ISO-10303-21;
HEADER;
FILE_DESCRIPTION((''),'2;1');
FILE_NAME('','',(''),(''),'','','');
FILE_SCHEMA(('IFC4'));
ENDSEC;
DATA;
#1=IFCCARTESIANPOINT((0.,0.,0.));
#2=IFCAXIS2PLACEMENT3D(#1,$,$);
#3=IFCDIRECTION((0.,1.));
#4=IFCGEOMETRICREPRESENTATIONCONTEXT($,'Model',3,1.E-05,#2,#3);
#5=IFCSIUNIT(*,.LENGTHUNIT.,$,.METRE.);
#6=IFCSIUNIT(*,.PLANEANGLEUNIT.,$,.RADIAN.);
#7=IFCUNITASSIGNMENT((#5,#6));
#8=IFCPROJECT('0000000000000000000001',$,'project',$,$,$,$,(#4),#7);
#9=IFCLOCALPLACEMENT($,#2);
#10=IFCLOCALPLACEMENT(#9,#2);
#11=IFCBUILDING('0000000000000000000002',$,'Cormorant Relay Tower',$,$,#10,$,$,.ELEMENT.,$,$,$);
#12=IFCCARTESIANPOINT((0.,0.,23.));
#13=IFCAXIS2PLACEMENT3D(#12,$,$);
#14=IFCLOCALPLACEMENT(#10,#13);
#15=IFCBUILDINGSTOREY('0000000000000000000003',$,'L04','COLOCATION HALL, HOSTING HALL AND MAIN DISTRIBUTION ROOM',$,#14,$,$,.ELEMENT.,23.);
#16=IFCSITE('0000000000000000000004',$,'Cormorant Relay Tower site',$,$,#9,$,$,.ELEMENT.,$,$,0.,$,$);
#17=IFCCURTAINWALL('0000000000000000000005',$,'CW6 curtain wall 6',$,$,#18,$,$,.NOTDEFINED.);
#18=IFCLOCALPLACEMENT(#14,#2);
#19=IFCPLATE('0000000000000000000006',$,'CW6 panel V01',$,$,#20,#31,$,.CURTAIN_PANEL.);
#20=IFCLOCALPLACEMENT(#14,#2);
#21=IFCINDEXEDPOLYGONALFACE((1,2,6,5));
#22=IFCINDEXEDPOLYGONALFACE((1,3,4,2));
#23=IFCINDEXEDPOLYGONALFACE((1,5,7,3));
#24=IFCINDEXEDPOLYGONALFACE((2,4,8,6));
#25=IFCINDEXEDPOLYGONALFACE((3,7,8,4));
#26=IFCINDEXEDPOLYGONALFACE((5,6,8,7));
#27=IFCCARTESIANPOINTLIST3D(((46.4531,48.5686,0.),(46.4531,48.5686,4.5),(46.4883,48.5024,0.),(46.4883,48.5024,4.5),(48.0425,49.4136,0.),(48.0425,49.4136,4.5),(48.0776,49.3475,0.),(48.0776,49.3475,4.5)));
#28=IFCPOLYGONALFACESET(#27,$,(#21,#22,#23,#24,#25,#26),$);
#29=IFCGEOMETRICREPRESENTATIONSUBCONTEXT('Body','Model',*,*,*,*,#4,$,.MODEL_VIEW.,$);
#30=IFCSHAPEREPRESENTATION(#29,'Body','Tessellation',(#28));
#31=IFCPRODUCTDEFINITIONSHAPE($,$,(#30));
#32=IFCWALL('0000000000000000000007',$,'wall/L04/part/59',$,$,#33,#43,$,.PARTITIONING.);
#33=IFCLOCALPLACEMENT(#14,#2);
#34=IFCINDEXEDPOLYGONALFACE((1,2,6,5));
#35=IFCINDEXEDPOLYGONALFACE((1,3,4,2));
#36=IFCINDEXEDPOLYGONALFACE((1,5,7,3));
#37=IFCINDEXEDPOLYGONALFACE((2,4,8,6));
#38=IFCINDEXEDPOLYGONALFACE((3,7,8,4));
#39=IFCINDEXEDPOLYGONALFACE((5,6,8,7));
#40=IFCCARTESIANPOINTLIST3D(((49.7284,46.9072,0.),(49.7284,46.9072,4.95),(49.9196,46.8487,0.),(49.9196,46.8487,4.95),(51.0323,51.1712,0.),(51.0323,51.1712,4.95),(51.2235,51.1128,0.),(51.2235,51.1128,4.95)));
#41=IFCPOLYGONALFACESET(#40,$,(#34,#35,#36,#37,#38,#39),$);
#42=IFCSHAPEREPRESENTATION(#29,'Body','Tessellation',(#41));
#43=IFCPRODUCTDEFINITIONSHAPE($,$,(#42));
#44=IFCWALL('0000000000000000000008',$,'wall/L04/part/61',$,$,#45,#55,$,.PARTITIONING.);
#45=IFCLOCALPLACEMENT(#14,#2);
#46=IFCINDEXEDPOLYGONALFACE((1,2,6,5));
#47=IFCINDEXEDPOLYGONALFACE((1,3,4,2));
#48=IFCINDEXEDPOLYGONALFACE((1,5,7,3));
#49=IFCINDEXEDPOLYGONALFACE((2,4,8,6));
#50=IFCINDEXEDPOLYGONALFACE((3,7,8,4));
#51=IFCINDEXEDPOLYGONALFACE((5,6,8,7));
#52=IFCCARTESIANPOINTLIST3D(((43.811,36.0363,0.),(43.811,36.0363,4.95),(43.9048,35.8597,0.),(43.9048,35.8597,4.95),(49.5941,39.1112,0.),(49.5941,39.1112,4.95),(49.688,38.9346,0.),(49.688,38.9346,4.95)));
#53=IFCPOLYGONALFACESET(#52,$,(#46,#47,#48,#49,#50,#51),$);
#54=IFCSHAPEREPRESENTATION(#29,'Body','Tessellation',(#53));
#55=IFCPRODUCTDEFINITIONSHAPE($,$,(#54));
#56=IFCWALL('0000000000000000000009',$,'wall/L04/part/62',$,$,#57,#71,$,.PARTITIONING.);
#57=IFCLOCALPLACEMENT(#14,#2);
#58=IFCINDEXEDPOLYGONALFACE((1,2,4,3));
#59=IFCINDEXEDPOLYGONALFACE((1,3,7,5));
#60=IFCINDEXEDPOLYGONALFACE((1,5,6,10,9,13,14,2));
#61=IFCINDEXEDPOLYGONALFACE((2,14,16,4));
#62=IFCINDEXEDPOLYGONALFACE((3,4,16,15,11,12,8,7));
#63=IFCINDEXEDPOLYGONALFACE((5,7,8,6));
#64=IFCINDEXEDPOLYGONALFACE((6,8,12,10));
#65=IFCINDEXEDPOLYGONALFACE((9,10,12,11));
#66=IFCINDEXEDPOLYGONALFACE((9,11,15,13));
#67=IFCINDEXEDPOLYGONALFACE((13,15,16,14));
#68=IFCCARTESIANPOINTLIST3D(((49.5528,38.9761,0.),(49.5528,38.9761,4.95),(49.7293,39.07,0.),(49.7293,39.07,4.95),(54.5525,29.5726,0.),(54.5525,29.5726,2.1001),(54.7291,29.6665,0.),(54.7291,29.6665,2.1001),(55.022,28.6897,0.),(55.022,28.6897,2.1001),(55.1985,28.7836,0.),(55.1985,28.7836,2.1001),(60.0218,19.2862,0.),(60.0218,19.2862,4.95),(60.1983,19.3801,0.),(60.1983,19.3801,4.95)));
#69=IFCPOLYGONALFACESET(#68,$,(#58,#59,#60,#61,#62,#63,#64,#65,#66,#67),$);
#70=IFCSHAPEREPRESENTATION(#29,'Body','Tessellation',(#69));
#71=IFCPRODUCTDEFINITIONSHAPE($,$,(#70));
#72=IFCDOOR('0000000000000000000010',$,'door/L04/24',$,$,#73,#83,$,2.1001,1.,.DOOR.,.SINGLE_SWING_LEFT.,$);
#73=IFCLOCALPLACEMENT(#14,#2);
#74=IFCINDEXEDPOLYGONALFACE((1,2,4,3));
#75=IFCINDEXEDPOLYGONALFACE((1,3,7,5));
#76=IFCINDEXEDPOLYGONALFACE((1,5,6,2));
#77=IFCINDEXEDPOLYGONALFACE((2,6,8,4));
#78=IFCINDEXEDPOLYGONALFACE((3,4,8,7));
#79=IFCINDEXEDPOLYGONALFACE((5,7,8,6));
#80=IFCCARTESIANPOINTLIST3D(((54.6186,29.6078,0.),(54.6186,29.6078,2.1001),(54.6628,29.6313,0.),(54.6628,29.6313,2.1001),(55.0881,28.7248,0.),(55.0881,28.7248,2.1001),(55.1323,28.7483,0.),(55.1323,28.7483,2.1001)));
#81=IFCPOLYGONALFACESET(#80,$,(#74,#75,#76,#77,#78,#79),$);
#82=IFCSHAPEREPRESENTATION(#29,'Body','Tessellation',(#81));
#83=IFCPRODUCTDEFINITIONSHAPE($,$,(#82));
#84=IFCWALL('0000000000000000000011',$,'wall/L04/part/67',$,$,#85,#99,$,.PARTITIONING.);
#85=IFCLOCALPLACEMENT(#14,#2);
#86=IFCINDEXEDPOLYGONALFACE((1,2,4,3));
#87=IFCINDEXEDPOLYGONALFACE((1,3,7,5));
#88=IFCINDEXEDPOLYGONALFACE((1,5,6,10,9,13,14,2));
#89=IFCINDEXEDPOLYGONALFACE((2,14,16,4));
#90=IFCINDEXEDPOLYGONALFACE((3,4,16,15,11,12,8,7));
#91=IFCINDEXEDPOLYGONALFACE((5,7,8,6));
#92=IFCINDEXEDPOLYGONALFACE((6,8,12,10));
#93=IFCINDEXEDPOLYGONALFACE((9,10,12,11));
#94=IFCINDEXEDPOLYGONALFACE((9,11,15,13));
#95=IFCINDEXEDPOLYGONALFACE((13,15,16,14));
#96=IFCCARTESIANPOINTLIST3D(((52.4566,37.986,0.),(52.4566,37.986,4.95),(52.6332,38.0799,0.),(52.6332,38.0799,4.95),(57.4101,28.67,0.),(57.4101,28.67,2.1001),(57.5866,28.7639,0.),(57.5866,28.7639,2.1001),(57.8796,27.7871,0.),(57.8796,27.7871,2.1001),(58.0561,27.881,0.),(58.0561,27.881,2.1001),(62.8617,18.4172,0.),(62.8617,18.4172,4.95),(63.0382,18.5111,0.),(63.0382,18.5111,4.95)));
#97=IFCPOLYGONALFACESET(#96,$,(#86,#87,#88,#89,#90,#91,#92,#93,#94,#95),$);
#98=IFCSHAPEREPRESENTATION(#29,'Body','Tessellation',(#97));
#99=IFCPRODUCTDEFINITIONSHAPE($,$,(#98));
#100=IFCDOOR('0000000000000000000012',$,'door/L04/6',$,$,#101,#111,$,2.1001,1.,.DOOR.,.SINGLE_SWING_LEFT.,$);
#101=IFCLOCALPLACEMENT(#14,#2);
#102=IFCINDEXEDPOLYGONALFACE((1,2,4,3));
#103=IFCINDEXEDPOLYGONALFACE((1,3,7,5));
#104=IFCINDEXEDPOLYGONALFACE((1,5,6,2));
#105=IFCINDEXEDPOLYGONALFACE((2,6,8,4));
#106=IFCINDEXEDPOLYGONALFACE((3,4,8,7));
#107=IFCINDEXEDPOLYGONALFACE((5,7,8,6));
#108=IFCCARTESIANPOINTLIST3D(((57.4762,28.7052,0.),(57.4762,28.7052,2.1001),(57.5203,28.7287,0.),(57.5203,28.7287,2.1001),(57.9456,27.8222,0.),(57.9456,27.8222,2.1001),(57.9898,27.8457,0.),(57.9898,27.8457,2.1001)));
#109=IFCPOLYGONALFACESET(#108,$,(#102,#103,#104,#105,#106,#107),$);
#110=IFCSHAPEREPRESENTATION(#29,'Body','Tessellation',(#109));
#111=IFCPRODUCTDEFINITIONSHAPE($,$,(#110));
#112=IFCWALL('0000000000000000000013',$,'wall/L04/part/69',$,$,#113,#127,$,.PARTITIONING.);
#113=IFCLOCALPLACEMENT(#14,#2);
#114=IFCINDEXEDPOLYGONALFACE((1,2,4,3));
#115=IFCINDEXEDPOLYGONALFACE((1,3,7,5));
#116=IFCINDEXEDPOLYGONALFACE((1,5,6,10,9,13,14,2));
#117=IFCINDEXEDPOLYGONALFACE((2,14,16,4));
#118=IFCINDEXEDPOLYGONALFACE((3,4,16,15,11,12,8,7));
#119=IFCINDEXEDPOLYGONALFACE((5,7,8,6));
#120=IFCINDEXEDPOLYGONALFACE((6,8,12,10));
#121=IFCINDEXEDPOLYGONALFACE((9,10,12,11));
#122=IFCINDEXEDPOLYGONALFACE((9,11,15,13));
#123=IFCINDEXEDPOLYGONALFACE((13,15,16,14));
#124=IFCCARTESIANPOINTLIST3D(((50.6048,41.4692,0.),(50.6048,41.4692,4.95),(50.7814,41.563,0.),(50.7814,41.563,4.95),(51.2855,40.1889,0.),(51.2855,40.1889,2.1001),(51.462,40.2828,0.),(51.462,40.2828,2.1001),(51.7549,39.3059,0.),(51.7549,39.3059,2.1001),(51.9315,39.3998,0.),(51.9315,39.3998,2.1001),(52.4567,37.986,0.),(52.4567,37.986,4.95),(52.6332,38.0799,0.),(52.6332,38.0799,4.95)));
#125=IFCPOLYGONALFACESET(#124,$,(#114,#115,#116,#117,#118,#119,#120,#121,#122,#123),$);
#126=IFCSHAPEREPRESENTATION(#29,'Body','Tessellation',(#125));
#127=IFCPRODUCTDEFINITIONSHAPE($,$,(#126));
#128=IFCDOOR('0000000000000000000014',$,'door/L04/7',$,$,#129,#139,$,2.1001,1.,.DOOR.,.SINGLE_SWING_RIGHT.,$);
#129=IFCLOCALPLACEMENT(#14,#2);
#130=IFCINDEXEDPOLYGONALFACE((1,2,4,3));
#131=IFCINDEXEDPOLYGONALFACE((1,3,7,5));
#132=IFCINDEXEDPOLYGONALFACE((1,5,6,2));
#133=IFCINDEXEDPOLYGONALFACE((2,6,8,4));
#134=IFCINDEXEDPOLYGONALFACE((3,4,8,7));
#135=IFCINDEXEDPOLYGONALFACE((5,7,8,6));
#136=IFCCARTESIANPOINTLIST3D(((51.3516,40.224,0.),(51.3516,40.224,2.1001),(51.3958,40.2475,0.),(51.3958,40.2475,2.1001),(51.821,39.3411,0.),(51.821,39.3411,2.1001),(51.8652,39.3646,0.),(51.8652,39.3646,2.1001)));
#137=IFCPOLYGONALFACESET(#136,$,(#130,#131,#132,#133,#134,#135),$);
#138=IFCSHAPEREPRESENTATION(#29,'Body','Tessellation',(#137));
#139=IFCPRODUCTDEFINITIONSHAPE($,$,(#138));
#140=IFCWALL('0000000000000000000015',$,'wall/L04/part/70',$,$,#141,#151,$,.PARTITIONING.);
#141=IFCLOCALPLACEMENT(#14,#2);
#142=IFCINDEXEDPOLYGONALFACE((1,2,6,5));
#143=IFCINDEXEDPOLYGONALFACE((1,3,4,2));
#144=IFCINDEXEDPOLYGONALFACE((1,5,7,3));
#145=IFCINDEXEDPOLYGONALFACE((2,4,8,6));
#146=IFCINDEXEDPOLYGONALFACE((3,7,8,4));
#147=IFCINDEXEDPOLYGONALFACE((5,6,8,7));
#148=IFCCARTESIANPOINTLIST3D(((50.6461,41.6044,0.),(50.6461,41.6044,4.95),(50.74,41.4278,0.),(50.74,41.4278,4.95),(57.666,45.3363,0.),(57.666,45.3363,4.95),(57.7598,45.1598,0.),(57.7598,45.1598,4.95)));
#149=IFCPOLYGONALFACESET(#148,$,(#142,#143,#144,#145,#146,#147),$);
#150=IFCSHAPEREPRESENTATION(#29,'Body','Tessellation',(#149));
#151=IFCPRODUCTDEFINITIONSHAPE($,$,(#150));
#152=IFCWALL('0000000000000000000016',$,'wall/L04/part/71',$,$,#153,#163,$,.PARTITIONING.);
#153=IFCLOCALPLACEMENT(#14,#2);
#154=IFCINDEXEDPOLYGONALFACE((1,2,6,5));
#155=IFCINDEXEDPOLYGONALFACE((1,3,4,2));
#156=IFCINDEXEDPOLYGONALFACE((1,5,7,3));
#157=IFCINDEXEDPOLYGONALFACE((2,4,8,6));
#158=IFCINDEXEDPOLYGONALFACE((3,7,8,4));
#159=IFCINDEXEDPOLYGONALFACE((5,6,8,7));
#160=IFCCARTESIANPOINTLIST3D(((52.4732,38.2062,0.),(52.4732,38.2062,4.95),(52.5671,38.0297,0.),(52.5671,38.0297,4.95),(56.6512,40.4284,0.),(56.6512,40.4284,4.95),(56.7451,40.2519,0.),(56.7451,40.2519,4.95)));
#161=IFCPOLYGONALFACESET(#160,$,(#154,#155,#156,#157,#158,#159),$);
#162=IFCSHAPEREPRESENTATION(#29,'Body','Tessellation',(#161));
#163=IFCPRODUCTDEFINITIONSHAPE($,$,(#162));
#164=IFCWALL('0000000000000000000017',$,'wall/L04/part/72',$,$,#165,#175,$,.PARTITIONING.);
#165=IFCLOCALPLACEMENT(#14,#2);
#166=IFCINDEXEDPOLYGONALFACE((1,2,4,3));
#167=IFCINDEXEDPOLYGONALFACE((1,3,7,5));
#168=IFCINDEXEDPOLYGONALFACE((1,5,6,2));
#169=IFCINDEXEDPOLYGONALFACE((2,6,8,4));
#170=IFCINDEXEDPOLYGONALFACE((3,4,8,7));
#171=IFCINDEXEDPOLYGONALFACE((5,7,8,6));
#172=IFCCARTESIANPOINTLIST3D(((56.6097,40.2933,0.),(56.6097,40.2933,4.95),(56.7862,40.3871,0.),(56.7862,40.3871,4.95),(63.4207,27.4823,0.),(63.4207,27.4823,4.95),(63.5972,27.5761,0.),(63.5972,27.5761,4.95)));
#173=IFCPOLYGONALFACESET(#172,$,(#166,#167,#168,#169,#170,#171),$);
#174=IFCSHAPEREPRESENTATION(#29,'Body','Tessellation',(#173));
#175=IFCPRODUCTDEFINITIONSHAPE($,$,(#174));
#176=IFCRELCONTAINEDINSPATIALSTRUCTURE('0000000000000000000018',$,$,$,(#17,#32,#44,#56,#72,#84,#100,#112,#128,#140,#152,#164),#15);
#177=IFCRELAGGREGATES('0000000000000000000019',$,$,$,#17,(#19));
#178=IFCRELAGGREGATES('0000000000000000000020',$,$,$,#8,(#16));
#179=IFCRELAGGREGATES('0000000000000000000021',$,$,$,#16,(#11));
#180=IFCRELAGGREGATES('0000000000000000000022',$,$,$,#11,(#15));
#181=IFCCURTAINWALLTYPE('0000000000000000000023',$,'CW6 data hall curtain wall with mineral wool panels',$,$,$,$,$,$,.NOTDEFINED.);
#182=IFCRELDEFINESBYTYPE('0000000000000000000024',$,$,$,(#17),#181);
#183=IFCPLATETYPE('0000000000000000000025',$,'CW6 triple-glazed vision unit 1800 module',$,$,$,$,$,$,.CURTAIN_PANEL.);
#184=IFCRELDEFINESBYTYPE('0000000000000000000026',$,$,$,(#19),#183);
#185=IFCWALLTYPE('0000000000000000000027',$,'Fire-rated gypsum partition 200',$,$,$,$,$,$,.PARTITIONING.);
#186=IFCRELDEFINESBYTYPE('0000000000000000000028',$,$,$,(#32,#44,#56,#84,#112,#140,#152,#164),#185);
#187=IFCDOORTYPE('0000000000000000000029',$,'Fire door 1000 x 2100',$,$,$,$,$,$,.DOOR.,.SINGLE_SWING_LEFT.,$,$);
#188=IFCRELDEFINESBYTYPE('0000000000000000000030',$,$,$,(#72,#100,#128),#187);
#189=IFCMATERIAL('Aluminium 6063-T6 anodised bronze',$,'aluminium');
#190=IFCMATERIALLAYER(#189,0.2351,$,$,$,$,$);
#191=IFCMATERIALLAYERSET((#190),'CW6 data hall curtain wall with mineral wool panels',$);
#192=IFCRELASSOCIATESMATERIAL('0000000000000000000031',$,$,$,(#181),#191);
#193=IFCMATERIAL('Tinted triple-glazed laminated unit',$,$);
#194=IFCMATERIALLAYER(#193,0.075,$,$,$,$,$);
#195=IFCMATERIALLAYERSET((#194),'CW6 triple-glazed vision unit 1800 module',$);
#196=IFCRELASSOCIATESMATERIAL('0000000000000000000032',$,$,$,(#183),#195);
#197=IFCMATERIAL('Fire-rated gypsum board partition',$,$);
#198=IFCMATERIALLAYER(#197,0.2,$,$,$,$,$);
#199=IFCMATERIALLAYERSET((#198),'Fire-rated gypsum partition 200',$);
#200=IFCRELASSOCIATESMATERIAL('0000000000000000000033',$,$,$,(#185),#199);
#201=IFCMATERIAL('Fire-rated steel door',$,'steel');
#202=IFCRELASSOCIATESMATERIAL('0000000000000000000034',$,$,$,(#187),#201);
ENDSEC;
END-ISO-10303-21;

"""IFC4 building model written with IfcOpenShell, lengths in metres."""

from ifc_helpers import new_model, si_unit, direction, frame, frame_2d, origin, origin_2d, place, context, subcontext, project, spatial, rectangle, extrude, material, layer, layer_set, type_object, element, fill, aggregate, save


model = new_model("IFC4")

# Units and contexts
model_context = context("Model", 3, precision=1e-05, world=origin(), true_north=direction((0.0, 1.0)))
body_context = subcontext(model_context, "Body", "Model", "MODEL_VIEW")
ifc_project = project(units=[si_unit("LENGTHUNIT", "METRE"), si_unit("PLANEANGLEUNIT", "RADIAN")], contexts=[model_context])

# Site, building, storey
site_placement = place(None, origin())
site = spatial("IfcSite", under=ifc_project, at=site_placement, Name="Cormorant Relay Tower site", CompositionType="ELEMENT", RefElevation=0.0)
building_placement = place(site_placement, origin())
building = spatial("IfcBuilding", under=site, at=building_placement, Name="Cormorant Relay Tower", CompositionType="ELEMENT")
storey_placement = place(building_placement, frame((0.0, 0.0, 23.0)))
storey = spatial("IfcBuildingStorey", under=building, at=storey_placement, Name="L04", Description="COLOCATION HALL, HOSTING HALL AND MAIN DISTRIBUTION ROOM", CompositionType="ELEMENT", Elevation=23.0)

# Shared definitions
ifc_material_1 = material(Name="Aluminium 6063-T6 anodised bronze", Category="aluminium")
ifc_layer_1 = layer(ifc_material_1, 0.2351)
ifc_layer_set_1 = layer_set([ifc_layer_1], Name="CW6 data hall curtain wall with mineral wool panels")
curtain_wall_type = type_object("IfcCurtainWallType", Name="CW6 data hall curtain wall with mineral wool panels", PredefinedType="NOTDEFINED", material=ifc_layer_set_1)

# Curtain wall
curtain_wall_1_placement = place(storey_placement, origin())
curtain_wall_1 = element("IfcCurtainWall", 1, at=curtain_wall_1_placement, inside=storey, type_object=curtain_wall_type, Name="CW6 curtain wall 6", PredefinedType="NOTDEFINED")

# Plate
ifc_material_2 = material(Name="Tinted triple-glazed laminated unit")
ifc_layer_2 = layer(ifc_material_2, 0.075)
ifc_layer_set_2 = layer_set([ifc_layer_2], Name="CW6 triple-glazed vision unit 1800 module")
plate_type = type_object("IfcPlateType", Name="CW6 triple-glazed vision unit 1800 module", PredefinedType="CURTAIN_PANEL", material=ifc_layer_set_2)
plate_1_placement = place(storey_placement, frame((47.2654, 48.958, 0.0), z_axis=(0.0, 0.0, 1.0), x_axis=(-0.882948, -0.469472, 0.0)))
plate_1 = element("IfcPlate", 2, at=plate_1_placement, type_object=plate_type, Name="CW6 panel V01", PredefinedType="CURTAIN_PANEL", context=body_context, shape_type="SweptSolid", body=[
    extrude(rectangle(XDim=1.8, YDim=0.075, at=origin_2d()), origin(), (0.0, 0.0, 1.0), 4.5),
])

# Walls
ifc_material_3 = material(Name="Fire-rated gypsum board partition")
ifc_layer_3 = layer(ifc_material_3, 0.2)
ifc_layer_set_3 = layer_set([ifc_layer_3], Name="Fire-rated gypsum partition 200")
wall_type_1 = type_object("IfcWallType", Name="Fire-rated gypsum partition 200", PredefinedType="PARTITIONING", material=ifc_layer_set_3)
wall_1_placement = place(storey_placement, frame((49.824, 46.8779, 0.0), z_axis=(0.0, 0.0, 1.0), x_axis=(0.292427, 0.956288, 0.0)))
element("IfcWall", 3, at=wall_1_placement, inside=storey, type_object=wall_type_1, Name="wall/L04/part/59", PredefinedType="PARTITIONING", context=body_context, shape_type="SweptSolid", body=[
    extrude(rectangle(XDim=4.459, YDim=0.2, at=frame_2d((2.2295, 0.0))), origin(), (0.0, 0.0, 1.0), 4.95),
])
wall_2_placement = place(storey_placement, frame((43.8579, 35.948, 0.0), z_axis=(0.0, 0.0, 1.0), x_axis=(0.88295, 0.469468, 0.0)))
element("IfcWall", 4, at=wall_2_placement, inside=storey, type_object=wall_type_1, Name="wall/L04/part/61", PredefinedType="PARTITIONING", context=body_context, shape_type="SweptSolid", body=[
    extrude(rectangle(XDim=6.5498, YDim=0.2, at=frame_2d((3.2749, 0.0))), origin(), (0.0, 0.0, 1.0), 4.95),
])

# Walls, openings, doors
wall_3_placement = place(storey_placement, frame((49.6411, 39.0229, 0.0), z_axis=(0.0, 0.0, 1.0), x_axis=(0.46946, -0.882954, 0.0)))
wall_3 = element("IfcWall", 5, at=wall_3_placement, inside=storey, type_object=wall_type_1, Name="wall/L04/part/62", PredefinedType="PARTITIONING", context=body_context, shape_type="SweptSolid", body=[
    extrude(rectangle(XDim=22.3, YDim=0.2, at=frame_2d((11.1499, 0.0))), origin(), (0.0, 0.0, 1.0), 4.95),
])
opening_1_placement = place(wall_3_placement, frame((10.6499, 0.0, 0.0)))
opening_1 = element("IfcOpeningElement", 6, at=opening_1_placement, cuts=wall_3, PredefinedType="OPENING", context=body_context, shape_type="SweptSolid", body=[
    extrude(rectangle(XDim=1.0, YDim=2.1001, at=frame_2d((0.5, 1.05))), frame((0.0, 0.1099, 0.0), z_axis=(0.0, -1.0, 0.0), x_axis=(1.0, 0.0, 0.0)), (0.0, 0.0, 1.0), 0.22),
])
ifc_material_4 = material(Name="Fire-rated steel door", Category="steel")
door_type = type_object("IfcDoorType", Name="Fire door 1000 x 2100", OperationType="SINGLE_SWING_LEFT", PredefinedType="DOOR", material=ifc_material_4)
door_1_placement = place(opening_1_placement, origin())
door_1 = element("IfcDoor", 7, at=door_1_placement, inside=storey, type_object=door_type, Name="door/L04/24", OperationType="SINGLE_SWING_LEFT", OverallHeight=2.1001, OverallWidth=1.0, PredefinedType="DOOR", context=body_context, shape_type="SweptSolid", body=[
    extrude(rectangle(XDim=1.0, YDim=2.1001, at=frame_2d((0.5, 1.05))), frame((0.0, 0.0249, 0.0), z_axis=(0.0, -1.0, 0.0), x_axis=(1.0, 0.0, 0.0)), (0.0, 0.0, 1.0), 0.05),
])
fill(opening_1, door_1)
wall_4_placement = place(storey_placement, frame((52.5449, 38.033, 0.0), z_axis=(0.0, 0.0, 1.0), x_axis=(0.469475, -0.882946, 0.0)))
wall_4 = element("IfcWall", 8, at=wall_4_placement, inside=storey, type_object=wall_type_1, Name="wall/L04/part/67", PredefinedType="PARTITIONING", context=body_context, shape_type="SweptSolid", body=[
    extrude(rectangle(XDim=22.1631, YDim=0.2, at=frame_2d((11.0815, 0.0))), origin(), (0.0, 0.0, 1.0), 4.95),
])
opening_2_placement = place(wall_4_placement, frame((10.551, 0.0, 0.0)))
opening_2 = element("IfcOpeningElement", 9, at=opening_2_placement, cuts=wall_4, PredefinedType="OPENING", context=body_context, shape_type="SweptSolid", body=[
    extrude(rectangle(XDim=1.0, YDim=2.1001, at=frame_2d((0.5, 1.05))), frame((0.0, 0.1099, 0.0), z_axis=(0.0, -1.0, 0.0), x_axis=(1.0, 0.0, 0.0)), (0.0, 0.0, 1.0), 0.22),
])
door_2_placement = place(opening_2_placement, origin())
door_2 = element("IfcDoor", 10, at=door_2_placement, inside=storey, type_object=door_type, Name="door/L04/6", OperationType="SINGLE_SWING_LEFT", OverallHeight=2.1001, OverallWidth=1.0, PredefinedType="DOOR", context=body_context, shape_type="SweptSolid", body=[
    extrude(rectangle(XDim=1.0, YDim=2.1001, at=frame_2d((0.5, 1.05))), frame((0.0, 0.0249, 0.0), z_axis=(0.0, -1.0, 0.0), x_axis=(1.0, 0.0, 0.0)), (0.0, 0.0, 1.0), 0.05),
])
fill(opening_2, door_2)
wall_5_placement = place(storey_placement, frame((50.6931, 41.5161, 0.0), z_axis=(0.0, 0.0, 1.0), x_axis=(0.469428, -0.882971, 0.0)))
wall_5 = element("IfcWall", 11, at=wall_5_placement, inside=storey, type_object=wall_type_1, Name="wall/L04/part/69", PredefinedType="PARTITIONING", context=body_context, shape_type="SweptSolid", body=[
    extrude(rectangle(XDim=3.9448, YDim=0.2, at=frame_2d((1.9724, 0.0))), origin(), (0.0, 0.0, 1.0), 4.95),
])
opening_3_placement = place(wall_5_placement, frame((1.45, 0.0, 0.0)))
opening_3 = element("IfcOpeningElement", 12, at=opening_3_placement, cuts=wall_5, PredefinedType="OPENING", context=body_context, shape_type="SweptSolid", body=[
    extrude(rectangle(XDim=1.0, YDim=2.1001, at=frame_2d((0.5, 1.05))), frame((0.0, 0.1099, 0.0), z_axis=(0.0, -1.0, 0.0), x_axis=(1.0, 0.0, 0.0)), (0.0, 0.0, 1.0), 0.22),
])
door_3_placement = place(opening_3_placement, origin())
door_3 = element("IfcDoor", 13, at=door_3_placement, inside=storey, type_object=door_type, Name="door/L04/7", OperationType="SINGLE_SWING_RIGHT", OverallHeight=2.1001, OverallWidth=1.0, PredefinedType="DOOR", context=body_context, shape_type="SweptSolid", body=[
    extrude(rectangle(XDim=1.0, YDim=2.1001, at=frame_2d((0.5, 1.05))), frame((0.0, 0.0249, 0.0), z_axis=(0.0, -1.0, 0.0), x_axis=(1.0, 0.0, 0.0)), (0.0, 0.0, 1.0), 0.05),
])
fill(opening_3, door_3)

# Walls
wall_6_placement = place(storey_placement, frame((57.7129, 45.248, 0.0), z_axis=(0.0, 0.0, 1.0), x_axis=(-0.882976, -0.469418, 0.0)))
element("IfcWall", 14, at=wall_6_placement, inside=storey, type_object=wall_type_1, Name="wall/L04/part/70", PredefinedType="PARTITIONING", context=body_context, shape_type="SweptSolid", body=[
    extrude(rectangle(XDim=7.9502, YDim=0.2, at=frame_2d((3.9751, 0.0))), origin(), (0.0, 0.0, 1.0), 4.95),
])
wall_7_placement = place(storey_placement, frame((52.52, 38.1179, 0.0), z_axis=(0.0, 0.0, 1.0), x_axis=(0.882886, 0.469586, 0.0)))
element("IfcWall", 15, at=wall_7_placement, inside=storey, type_object=wall_type_1, Name="wall/L04/part/71", PredefinedType="PARTITIONING", context=body_context, shape_type="SweptSolid", body=[
    extrude(rectangle(XDim=4.7322, YDim=0.2, at=frame_2d((2.3662, 0.0))), origin(), (0.0, 0.0, 1.0), 4.95),
])
wall_8_placement = place(storey_placement, frame((56.698, 40.3401, 0.0), z_axis=(0.0, 0.0, 1.0), x_axis=(0.469433, -0.882968, 0.0)))
element("IfcWall", 16, at=wall_8_placement, inside=storey, type_object=wall_type_1, Name="wall/L04/part/72", PredefinedType="PARTITIONING", context=body_context, shape_type="SweptSolid", body=[
    extrude(rectangle(XDim=14.509, YDim=0.2, at=frame_2d((7.2544, 0.0))), origin(), (0.0, 0.0, 1.0), 4.95),
])

aggregate(curtain_wall_1, [plate_1])

save(model, "model.ifc")
